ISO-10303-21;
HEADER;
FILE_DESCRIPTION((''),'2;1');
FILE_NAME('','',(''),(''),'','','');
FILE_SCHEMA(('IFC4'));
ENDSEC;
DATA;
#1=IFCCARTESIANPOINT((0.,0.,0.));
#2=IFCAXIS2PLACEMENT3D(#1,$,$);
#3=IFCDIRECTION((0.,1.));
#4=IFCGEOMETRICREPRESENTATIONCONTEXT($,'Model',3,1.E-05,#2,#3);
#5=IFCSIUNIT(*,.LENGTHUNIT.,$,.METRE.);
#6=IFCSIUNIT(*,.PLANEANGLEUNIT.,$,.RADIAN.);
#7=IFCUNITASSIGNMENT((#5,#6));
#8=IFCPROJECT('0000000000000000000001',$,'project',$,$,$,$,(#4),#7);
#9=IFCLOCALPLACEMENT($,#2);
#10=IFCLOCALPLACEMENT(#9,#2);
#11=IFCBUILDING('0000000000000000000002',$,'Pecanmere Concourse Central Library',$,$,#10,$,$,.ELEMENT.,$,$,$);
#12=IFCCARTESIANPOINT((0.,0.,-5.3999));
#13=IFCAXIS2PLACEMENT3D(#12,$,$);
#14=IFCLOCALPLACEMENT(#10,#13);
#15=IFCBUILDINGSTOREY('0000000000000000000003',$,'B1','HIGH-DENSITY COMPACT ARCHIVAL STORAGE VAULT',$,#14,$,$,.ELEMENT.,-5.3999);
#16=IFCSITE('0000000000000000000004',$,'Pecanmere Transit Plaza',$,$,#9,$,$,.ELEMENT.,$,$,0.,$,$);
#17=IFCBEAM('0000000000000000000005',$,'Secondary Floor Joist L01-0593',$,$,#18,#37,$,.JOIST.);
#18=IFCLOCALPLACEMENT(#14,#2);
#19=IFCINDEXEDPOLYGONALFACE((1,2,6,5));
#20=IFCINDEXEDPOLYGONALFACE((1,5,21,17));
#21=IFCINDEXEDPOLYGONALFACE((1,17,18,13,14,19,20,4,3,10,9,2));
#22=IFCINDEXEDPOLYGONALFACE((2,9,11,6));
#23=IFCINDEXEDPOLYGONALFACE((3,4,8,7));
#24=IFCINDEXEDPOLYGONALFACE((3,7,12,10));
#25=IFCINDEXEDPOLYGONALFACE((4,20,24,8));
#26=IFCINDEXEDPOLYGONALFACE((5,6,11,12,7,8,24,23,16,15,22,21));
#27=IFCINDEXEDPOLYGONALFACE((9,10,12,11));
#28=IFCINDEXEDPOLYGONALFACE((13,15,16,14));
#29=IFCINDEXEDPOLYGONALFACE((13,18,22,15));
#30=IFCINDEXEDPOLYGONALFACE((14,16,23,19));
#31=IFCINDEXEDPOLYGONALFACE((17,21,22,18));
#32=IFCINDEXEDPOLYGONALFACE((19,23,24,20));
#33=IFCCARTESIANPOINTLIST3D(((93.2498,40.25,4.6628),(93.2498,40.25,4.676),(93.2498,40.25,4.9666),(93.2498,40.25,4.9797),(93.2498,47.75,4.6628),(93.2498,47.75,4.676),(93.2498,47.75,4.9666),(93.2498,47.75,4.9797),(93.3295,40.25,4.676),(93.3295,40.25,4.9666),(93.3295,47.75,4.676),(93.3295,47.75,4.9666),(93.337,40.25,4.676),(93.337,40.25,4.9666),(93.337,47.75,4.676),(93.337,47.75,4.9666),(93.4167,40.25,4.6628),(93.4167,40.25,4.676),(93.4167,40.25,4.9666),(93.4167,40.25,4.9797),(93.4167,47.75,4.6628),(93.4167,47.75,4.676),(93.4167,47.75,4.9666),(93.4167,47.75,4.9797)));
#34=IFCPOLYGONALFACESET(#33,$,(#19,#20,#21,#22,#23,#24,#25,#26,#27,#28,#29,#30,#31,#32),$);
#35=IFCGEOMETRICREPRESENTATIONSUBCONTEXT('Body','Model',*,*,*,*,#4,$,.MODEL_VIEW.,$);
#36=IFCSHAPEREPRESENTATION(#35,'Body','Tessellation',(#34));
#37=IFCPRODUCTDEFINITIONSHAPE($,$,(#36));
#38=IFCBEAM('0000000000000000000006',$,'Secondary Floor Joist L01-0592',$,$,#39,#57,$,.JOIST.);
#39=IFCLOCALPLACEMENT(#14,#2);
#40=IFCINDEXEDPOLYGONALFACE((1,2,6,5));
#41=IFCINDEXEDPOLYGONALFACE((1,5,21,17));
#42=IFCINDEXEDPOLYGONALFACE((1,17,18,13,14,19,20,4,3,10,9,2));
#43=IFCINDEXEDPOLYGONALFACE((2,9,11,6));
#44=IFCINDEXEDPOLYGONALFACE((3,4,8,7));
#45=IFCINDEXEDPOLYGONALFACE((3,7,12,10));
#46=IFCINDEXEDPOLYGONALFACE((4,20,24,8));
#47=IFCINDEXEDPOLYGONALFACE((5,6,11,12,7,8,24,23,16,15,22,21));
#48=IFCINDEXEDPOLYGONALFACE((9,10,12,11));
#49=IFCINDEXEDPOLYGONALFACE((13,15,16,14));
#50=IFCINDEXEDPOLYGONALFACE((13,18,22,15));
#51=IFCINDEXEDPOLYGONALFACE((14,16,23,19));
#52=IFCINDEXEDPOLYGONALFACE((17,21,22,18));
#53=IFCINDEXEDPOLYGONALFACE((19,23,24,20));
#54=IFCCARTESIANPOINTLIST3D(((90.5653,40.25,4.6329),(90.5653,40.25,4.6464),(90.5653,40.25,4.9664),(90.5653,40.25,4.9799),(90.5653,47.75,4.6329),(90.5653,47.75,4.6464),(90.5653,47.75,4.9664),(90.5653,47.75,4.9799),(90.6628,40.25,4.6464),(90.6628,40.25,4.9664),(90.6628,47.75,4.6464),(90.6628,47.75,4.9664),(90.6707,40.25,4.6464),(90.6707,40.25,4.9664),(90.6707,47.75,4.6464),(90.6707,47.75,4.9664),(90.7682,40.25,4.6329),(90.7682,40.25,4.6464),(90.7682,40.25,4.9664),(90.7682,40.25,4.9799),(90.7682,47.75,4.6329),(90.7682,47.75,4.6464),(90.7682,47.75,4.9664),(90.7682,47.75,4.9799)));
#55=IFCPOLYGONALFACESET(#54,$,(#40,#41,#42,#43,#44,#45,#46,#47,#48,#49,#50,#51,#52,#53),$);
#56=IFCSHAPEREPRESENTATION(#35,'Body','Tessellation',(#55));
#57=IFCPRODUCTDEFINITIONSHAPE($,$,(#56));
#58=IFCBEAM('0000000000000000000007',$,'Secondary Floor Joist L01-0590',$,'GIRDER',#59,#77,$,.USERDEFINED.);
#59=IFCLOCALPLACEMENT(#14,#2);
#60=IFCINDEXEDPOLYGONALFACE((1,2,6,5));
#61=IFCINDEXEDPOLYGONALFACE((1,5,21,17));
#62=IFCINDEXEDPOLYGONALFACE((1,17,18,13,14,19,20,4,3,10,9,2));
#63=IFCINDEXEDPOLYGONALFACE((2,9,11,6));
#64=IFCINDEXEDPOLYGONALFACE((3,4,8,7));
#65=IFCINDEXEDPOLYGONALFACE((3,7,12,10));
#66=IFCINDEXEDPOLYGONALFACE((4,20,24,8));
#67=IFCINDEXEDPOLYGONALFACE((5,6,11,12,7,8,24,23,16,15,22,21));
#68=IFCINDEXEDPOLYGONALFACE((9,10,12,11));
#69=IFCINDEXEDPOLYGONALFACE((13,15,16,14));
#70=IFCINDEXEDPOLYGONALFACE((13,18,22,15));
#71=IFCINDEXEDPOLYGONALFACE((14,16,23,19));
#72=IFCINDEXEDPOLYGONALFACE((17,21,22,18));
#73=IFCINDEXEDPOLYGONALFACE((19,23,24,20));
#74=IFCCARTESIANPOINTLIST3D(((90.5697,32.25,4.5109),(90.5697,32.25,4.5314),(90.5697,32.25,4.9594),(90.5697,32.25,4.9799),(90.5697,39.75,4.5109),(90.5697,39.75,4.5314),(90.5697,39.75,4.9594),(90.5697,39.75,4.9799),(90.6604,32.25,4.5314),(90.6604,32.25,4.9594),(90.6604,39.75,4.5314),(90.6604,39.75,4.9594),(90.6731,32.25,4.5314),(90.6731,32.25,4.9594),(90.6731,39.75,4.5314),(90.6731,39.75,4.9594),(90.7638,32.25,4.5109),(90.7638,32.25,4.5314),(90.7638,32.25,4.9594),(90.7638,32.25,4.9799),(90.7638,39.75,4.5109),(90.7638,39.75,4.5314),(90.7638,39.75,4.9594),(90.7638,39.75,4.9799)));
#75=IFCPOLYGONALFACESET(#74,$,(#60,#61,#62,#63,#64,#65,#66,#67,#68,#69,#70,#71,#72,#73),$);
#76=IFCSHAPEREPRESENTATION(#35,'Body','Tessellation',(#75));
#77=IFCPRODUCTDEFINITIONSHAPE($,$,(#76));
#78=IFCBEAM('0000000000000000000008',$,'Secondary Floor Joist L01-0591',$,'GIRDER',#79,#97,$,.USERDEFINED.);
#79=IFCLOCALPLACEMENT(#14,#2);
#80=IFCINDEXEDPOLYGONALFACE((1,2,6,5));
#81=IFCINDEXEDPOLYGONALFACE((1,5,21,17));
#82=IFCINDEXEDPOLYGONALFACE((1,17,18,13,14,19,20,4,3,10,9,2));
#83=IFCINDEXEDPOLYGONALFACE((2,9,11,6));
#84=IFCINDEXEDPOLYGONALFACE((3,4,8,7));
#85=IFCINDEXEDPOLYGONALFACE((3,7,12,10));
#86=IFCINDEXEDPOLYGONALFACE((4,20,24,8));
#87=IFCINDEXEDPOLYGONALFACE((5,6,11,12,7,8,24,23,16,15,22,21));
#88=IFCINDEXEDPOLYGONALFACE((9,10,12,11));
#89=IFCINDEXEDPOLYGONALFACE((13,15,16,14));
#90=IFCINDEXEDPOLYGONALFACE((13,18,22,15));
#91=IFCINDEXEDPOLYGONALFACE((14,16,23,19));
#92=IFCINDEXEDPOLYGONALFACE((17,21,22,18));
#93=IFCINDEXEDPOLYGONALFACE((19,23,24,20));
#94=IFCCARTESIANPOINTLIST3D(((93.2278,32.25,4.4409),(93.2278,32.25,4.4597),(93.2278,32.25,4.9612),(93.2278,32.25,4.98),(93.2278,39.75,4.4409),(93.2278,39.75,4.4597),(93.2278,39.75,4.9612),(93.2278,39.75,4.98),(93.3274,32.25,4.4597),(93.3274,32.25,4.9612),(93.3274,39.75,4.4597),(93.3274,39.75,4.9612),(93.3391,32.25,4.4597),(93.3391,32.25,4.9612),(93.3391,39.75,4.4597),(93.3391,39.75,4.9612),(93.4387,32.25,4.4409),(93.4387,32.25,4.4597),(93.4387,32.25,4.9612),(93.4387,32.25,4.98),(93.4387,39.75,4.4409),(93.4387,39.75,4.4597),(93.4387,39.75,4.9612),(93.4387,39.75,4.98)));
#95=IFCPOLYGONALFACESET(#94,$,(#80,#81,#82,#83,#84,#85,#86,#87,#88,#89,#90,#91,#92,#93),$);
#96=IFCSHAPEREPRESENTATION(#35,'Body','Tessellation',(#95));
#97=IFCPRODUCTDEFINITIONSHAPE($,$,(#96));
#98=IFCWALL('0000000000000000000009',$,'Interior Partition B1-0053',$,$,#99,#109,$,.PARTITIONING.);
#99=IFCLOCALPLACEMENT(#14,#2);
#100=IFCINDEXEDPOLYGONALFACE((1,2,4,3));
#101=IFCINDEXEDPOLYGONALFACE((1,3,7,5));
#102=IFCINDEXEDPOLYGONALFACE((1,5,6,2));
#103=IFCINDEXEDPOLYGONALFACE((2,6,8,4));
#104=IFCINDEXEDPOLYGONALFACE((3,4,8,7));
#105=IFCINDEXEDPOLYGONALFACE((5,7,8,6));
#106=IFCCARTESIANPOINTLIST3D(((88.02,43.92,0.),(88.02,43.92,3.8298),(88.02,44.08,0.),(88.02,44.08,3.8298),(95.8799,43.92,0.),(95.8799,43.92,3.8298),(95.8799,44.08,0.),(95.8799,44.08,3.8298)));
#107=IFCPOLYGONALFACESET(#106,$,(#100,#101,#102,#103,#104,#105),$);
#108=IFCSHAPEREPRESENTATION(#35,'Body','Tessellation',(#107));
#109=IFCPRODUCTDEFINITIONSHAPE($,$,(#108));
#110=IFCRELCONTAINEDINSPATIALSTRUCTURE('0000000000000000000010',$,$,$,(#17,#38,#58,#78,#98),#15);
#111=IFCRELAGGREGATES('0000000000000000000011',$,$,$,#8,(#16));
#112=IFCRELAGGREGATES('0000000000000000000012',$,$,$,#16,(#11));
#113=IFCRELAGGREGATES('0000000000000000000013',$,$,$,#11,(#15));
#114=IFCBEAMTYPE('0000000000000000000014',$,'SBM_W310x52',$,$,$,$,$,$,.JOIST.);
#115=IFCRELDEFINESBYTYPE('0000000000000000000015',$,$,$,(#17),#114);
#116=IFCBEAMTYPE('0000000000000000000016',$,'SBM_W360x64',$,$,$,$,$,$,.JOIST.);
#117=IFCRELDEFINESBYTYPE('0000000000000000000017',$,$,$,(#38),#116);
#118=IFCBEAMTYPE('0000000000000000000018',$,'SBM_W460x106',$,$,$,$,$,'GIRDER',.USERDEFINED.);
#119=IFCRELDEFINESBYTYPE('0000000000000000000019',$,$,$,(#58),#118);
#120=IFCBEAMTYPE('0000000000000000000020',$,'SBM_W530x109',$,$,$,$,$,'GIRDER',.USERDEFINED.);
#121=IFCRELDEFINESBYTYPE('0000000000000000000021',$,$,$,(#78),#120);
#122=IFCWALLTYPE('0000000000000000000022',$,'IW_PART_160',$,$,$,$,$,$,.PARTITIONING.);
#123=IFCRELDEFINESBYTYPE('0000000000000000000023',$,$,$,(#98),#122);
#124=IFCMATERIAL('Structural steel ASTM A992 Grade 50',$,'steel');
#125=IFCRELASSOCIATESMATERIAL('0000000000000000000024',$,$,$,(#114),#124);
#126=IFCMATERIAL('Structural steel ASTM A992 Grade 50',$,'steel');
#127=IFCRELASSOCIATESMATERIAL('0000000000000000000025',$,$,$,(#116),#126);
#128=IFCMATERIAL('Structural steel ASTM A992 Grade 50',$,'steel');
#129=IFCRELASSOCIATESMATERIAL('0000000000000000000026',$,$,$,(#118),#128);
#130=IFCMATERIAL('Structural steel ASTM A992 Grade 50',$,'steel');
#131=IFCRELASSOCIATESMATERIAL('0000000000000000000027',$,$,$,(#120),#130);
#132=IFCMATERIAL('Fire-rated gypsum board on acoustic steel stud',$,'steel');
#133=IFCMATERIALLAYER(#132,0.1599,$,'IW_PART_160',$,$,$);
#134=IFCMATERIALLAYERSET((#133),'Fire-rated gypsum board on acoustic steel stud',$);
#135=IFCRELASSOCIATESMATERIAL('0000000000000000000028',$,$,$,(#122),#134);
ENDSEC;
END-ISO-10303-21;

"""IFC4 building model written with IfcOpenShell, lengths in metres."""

from ifc_helpers import new_model, si_unit, direction, frame, frame_2d, origin, origin_2d, place, context, subcontext, project, spatial, rectangle, i_section, extrude, material, layer, layer_set, material_profile, profile_set, type_object, element, save


model = new_model("IFC4")

# Units and contexts
model_context = context("Model", 3, precision=1e-05, world=origin(), true_north=direction((0.0, 1.0)))
body_context = subcontext(model_context, "Body", "Model", "MODEL_VIEW")
ifc_project = project(units=[si_unit("LENGTHUNIT", "METRE"), si_unit("PLANEANGLEUNIT", "RADIAN")], contexts=[model_context])

# Site, building, storey
site_placement = place(None, origin())
site = spatial("IfcSite", under=ifc_project, at=site_placement, Name="Pecanmere Transit Plaza", CompositionType="ELEMENT", RefElevation=0.0)
building_placement = place(site_placement, origin())
building = spatial("IfcBuilding", under=site, at=building_placement, Name="Pecanmere Concourse Central Library", CompositionType="ELEMENT")
storey_placement = place(building_placement, frame((0.0, 0.0, -5.3999)))
storey = spatial("IfcBuildingStorey", under=building, at=storey_placement, Name="B1", Description="HIGH-DENSITY COMPACT ARCHIVAL STORAGE VAULT", CompositionType="ELEMENT", Elevation=-5.3999)

# Beams
ifc_material_1 = material(Name="Structural steel ASTM A992 Grade 50", Category="steel")
ifc_material_profile_1 = material_profile(ifc_material_1, i_section(OverallWidth=0.167, OverallDepth=0.3169, WebThickness=0.0076, FlangeThickness=0.0132, at=origin_2d()), Name="W310x52")
ifc_profile_set_1 = profile_set([ifc_material_profile_1], Name="Structural steel ASTM A992 Grade 50")
beam_type_1 = type_object("IfcBeamType", Name="SBM_W310x52", PredefinedType="JOIST", material=ifc_profile_set_1)
beam_1_placement = place(storey_placement, frame((93.3333, 40.25, 4.8213), z_axis=(0.0, 1.0, 0.0), x_axis=(-1.0, 0.0, 0.0)))
element("IfcBeam", 1, at=beam_1_placement, inside=storey, type_object=beam_type_1, Name="Secondary Floor Joist L01-0593", PredefinedType="JOIST", context=body_context, shape_type="SweptSolid", body=[
    extrude(i_section(OverallWidth=0.167, OverallDepth=0.3169, WebThickness=0.0076, FlangeThickness=0.0132, at=origin_2d()), origin(), (0.0, 0.0, 1.0), 7.5),
])
ifc_material_2 = material(Name="Structural steel ASTM A992 Grade 50", Category="steel")
ifc_material_profile_2 = material_profile(ifc_material_2, i_section(OverallWidth=0.2029, OverallDepth=0.3469, WebThickness=0.0078, FlangeThickness=0.0134, at=origin_2d()), Name="W360x64")
ifc_profile_set_2 = profile_set([ifc_material_profile_2], Name="Structural steel ASTM A992 Grade 50")
beam_type_2 = type_object("IfcBeamType", Name="SBM_W360x64", PredefinedType="JOIST", material=ifc_profile_set_2)
beam_2_placement = place(storey_placement, frame((90.6667, 40.25, 4.8064), z_axis=(0.0, 1.0, 0.0), x_axis=(-1.0, 0.0, 0.0)))
element("IfcBeam", 2, at=beam_2_placement, inside=storey, type_object=beam_type_2, Name="Secondary Floor Joist L01-0592", PredefinedType="JOIST", context=body_context, shape_type="SweptSolid", body=[
    extrude(i_section(OverallWidth=0.2029, OverallDepth=0.3469, WebThickness=0.0078, FlangeThickness=0.0134, at=origin_2d()), origin(), (0.0, 0.0, 1.0), 7.5),
])
ifc_material_3 = material(Name="Structural steel ASTM A992 Grade 50", Category="steel")
ifc_material_profile_3 = material_profile(ifc_material_3, i_section(OverallWidth=0.1941, OverallDepth=0.469, WebThickness=0.0127, FlangeThickness=0.0205, at=origin_2d()), Name="W460x106")
ifc_profile_set_3 = profile_set([ifc_material_profile_3], Name="Structural steel ASTM A992 Grade 50")
beam_type_3 = type_object("IfcBeamType", Name="SBM_W460x106", ElementType="GIRDER", PredefinedType="USERDEFINED", material=ifc_profile_set_3)
beam_3_placement = place(storey_placement, frame((90.6667, 32.25, 4.7454), z_axis=(0.0, 1.0, 0.0), x_axis=(-1.0, 0.0, 0.0)))
element("IfcBeam", 3, at=beam_3_placement, inside=storey, type_object=beam_type_3, Name="Secondary Floor Joist L01-0590", ObjectType="GIRDER", PredefinedType="USERDEFINED", context=body_context, shape_type="SweptSolid", body=[
    extrude(i_section(OverallWidth=0.1941, OverallDepth=0.469, WebThickness=0.0127, FlangeThickness=0.0205, at=origin_2d()), origin(), (0.0, 0.0, 1.0), 7.5),
])
ifc_material_4 = material(Name="Structural steel ASTM A992 Grade 50", Category="steel")
ifc_material_profile_4 = material_profile(ifc_material_4, i_section(OverallWidth=0.2109, OverallDepth=0.5391, WebThickness=0.0117, FlangeThickness=0.0188, at=origin_2d()), Name="W530x109")
ifc_profile_set_4 = profile_set([ifc_material_profile_4], Name="Structural steel ASTM A992 Grade 50")
beam_type_4 = type_object("IfcBeamType", Name="SBM_W530x109", ElementType="GIRDER", PredefinedType="USERDEFINED", material=ifc_profile_set_4)
beam_4_placement = place(storey_placement, frame((93.3333, 32.25, 4.7104), z_axis=(0.0, 1.0, 0.0), x_axis=(-1.0, 0.0, 0.0)))
element("IfcBeam", 4, at=beam_4_placement, inside=storey, type_object=beam_type_4, Name="Secondary Floor Joist L01-0591", ObjectType="GIRDER", PredefinedType="USERDEFINED", context=body_context, shape_type="SweptSolid", body=[
    extrude(i_section(OverallWidth=0.2109, OverallDepth=0.5391, WebThickness=0.0117, FlangeThickness=0.0188, at=origin_2d()), origin(), (0.0, 0.0, 1.0), 7.5),
])

# Wall
ifc_material_5 = material(Name="Fire-rated gypsum board on acoustic steel stud", Category="steel")
ifc_layer = layer(ifc_material_5, 0.1599, Name="IW_PART_160")
ifc_layer_set = layer_set([ifc_layer], Name="Fire-rated gypsum board on acoustic steel stud")
wall_type = type_object("IfcWallType", Name="IW_PART_160", PredefinedType="PARTITIONING", material=ifc_layer_set)
wall_placement = place(storey_placement, frame((88.02, 44.0, 0.0), z_axis=(0.0, 0.0, 1.0), x_axis=(1.0, 0.0, 0.0)))
element("IfcWall", 5, at=wall_placement, inside=storey, type_object=wall_type, Name="Interior Partition B1-0053", PredefinedType="PARTITIONING", context=body_context, shape_type="SweptSolid", body=[
    extrude(rectangle(XDim=7.8599, YDim=0.1599, at=frame_2d((3.9299, 0.0))), origin(), (0.0, 0.0, 1.0), 3.8298),
])

save(model, "model.ifc")
